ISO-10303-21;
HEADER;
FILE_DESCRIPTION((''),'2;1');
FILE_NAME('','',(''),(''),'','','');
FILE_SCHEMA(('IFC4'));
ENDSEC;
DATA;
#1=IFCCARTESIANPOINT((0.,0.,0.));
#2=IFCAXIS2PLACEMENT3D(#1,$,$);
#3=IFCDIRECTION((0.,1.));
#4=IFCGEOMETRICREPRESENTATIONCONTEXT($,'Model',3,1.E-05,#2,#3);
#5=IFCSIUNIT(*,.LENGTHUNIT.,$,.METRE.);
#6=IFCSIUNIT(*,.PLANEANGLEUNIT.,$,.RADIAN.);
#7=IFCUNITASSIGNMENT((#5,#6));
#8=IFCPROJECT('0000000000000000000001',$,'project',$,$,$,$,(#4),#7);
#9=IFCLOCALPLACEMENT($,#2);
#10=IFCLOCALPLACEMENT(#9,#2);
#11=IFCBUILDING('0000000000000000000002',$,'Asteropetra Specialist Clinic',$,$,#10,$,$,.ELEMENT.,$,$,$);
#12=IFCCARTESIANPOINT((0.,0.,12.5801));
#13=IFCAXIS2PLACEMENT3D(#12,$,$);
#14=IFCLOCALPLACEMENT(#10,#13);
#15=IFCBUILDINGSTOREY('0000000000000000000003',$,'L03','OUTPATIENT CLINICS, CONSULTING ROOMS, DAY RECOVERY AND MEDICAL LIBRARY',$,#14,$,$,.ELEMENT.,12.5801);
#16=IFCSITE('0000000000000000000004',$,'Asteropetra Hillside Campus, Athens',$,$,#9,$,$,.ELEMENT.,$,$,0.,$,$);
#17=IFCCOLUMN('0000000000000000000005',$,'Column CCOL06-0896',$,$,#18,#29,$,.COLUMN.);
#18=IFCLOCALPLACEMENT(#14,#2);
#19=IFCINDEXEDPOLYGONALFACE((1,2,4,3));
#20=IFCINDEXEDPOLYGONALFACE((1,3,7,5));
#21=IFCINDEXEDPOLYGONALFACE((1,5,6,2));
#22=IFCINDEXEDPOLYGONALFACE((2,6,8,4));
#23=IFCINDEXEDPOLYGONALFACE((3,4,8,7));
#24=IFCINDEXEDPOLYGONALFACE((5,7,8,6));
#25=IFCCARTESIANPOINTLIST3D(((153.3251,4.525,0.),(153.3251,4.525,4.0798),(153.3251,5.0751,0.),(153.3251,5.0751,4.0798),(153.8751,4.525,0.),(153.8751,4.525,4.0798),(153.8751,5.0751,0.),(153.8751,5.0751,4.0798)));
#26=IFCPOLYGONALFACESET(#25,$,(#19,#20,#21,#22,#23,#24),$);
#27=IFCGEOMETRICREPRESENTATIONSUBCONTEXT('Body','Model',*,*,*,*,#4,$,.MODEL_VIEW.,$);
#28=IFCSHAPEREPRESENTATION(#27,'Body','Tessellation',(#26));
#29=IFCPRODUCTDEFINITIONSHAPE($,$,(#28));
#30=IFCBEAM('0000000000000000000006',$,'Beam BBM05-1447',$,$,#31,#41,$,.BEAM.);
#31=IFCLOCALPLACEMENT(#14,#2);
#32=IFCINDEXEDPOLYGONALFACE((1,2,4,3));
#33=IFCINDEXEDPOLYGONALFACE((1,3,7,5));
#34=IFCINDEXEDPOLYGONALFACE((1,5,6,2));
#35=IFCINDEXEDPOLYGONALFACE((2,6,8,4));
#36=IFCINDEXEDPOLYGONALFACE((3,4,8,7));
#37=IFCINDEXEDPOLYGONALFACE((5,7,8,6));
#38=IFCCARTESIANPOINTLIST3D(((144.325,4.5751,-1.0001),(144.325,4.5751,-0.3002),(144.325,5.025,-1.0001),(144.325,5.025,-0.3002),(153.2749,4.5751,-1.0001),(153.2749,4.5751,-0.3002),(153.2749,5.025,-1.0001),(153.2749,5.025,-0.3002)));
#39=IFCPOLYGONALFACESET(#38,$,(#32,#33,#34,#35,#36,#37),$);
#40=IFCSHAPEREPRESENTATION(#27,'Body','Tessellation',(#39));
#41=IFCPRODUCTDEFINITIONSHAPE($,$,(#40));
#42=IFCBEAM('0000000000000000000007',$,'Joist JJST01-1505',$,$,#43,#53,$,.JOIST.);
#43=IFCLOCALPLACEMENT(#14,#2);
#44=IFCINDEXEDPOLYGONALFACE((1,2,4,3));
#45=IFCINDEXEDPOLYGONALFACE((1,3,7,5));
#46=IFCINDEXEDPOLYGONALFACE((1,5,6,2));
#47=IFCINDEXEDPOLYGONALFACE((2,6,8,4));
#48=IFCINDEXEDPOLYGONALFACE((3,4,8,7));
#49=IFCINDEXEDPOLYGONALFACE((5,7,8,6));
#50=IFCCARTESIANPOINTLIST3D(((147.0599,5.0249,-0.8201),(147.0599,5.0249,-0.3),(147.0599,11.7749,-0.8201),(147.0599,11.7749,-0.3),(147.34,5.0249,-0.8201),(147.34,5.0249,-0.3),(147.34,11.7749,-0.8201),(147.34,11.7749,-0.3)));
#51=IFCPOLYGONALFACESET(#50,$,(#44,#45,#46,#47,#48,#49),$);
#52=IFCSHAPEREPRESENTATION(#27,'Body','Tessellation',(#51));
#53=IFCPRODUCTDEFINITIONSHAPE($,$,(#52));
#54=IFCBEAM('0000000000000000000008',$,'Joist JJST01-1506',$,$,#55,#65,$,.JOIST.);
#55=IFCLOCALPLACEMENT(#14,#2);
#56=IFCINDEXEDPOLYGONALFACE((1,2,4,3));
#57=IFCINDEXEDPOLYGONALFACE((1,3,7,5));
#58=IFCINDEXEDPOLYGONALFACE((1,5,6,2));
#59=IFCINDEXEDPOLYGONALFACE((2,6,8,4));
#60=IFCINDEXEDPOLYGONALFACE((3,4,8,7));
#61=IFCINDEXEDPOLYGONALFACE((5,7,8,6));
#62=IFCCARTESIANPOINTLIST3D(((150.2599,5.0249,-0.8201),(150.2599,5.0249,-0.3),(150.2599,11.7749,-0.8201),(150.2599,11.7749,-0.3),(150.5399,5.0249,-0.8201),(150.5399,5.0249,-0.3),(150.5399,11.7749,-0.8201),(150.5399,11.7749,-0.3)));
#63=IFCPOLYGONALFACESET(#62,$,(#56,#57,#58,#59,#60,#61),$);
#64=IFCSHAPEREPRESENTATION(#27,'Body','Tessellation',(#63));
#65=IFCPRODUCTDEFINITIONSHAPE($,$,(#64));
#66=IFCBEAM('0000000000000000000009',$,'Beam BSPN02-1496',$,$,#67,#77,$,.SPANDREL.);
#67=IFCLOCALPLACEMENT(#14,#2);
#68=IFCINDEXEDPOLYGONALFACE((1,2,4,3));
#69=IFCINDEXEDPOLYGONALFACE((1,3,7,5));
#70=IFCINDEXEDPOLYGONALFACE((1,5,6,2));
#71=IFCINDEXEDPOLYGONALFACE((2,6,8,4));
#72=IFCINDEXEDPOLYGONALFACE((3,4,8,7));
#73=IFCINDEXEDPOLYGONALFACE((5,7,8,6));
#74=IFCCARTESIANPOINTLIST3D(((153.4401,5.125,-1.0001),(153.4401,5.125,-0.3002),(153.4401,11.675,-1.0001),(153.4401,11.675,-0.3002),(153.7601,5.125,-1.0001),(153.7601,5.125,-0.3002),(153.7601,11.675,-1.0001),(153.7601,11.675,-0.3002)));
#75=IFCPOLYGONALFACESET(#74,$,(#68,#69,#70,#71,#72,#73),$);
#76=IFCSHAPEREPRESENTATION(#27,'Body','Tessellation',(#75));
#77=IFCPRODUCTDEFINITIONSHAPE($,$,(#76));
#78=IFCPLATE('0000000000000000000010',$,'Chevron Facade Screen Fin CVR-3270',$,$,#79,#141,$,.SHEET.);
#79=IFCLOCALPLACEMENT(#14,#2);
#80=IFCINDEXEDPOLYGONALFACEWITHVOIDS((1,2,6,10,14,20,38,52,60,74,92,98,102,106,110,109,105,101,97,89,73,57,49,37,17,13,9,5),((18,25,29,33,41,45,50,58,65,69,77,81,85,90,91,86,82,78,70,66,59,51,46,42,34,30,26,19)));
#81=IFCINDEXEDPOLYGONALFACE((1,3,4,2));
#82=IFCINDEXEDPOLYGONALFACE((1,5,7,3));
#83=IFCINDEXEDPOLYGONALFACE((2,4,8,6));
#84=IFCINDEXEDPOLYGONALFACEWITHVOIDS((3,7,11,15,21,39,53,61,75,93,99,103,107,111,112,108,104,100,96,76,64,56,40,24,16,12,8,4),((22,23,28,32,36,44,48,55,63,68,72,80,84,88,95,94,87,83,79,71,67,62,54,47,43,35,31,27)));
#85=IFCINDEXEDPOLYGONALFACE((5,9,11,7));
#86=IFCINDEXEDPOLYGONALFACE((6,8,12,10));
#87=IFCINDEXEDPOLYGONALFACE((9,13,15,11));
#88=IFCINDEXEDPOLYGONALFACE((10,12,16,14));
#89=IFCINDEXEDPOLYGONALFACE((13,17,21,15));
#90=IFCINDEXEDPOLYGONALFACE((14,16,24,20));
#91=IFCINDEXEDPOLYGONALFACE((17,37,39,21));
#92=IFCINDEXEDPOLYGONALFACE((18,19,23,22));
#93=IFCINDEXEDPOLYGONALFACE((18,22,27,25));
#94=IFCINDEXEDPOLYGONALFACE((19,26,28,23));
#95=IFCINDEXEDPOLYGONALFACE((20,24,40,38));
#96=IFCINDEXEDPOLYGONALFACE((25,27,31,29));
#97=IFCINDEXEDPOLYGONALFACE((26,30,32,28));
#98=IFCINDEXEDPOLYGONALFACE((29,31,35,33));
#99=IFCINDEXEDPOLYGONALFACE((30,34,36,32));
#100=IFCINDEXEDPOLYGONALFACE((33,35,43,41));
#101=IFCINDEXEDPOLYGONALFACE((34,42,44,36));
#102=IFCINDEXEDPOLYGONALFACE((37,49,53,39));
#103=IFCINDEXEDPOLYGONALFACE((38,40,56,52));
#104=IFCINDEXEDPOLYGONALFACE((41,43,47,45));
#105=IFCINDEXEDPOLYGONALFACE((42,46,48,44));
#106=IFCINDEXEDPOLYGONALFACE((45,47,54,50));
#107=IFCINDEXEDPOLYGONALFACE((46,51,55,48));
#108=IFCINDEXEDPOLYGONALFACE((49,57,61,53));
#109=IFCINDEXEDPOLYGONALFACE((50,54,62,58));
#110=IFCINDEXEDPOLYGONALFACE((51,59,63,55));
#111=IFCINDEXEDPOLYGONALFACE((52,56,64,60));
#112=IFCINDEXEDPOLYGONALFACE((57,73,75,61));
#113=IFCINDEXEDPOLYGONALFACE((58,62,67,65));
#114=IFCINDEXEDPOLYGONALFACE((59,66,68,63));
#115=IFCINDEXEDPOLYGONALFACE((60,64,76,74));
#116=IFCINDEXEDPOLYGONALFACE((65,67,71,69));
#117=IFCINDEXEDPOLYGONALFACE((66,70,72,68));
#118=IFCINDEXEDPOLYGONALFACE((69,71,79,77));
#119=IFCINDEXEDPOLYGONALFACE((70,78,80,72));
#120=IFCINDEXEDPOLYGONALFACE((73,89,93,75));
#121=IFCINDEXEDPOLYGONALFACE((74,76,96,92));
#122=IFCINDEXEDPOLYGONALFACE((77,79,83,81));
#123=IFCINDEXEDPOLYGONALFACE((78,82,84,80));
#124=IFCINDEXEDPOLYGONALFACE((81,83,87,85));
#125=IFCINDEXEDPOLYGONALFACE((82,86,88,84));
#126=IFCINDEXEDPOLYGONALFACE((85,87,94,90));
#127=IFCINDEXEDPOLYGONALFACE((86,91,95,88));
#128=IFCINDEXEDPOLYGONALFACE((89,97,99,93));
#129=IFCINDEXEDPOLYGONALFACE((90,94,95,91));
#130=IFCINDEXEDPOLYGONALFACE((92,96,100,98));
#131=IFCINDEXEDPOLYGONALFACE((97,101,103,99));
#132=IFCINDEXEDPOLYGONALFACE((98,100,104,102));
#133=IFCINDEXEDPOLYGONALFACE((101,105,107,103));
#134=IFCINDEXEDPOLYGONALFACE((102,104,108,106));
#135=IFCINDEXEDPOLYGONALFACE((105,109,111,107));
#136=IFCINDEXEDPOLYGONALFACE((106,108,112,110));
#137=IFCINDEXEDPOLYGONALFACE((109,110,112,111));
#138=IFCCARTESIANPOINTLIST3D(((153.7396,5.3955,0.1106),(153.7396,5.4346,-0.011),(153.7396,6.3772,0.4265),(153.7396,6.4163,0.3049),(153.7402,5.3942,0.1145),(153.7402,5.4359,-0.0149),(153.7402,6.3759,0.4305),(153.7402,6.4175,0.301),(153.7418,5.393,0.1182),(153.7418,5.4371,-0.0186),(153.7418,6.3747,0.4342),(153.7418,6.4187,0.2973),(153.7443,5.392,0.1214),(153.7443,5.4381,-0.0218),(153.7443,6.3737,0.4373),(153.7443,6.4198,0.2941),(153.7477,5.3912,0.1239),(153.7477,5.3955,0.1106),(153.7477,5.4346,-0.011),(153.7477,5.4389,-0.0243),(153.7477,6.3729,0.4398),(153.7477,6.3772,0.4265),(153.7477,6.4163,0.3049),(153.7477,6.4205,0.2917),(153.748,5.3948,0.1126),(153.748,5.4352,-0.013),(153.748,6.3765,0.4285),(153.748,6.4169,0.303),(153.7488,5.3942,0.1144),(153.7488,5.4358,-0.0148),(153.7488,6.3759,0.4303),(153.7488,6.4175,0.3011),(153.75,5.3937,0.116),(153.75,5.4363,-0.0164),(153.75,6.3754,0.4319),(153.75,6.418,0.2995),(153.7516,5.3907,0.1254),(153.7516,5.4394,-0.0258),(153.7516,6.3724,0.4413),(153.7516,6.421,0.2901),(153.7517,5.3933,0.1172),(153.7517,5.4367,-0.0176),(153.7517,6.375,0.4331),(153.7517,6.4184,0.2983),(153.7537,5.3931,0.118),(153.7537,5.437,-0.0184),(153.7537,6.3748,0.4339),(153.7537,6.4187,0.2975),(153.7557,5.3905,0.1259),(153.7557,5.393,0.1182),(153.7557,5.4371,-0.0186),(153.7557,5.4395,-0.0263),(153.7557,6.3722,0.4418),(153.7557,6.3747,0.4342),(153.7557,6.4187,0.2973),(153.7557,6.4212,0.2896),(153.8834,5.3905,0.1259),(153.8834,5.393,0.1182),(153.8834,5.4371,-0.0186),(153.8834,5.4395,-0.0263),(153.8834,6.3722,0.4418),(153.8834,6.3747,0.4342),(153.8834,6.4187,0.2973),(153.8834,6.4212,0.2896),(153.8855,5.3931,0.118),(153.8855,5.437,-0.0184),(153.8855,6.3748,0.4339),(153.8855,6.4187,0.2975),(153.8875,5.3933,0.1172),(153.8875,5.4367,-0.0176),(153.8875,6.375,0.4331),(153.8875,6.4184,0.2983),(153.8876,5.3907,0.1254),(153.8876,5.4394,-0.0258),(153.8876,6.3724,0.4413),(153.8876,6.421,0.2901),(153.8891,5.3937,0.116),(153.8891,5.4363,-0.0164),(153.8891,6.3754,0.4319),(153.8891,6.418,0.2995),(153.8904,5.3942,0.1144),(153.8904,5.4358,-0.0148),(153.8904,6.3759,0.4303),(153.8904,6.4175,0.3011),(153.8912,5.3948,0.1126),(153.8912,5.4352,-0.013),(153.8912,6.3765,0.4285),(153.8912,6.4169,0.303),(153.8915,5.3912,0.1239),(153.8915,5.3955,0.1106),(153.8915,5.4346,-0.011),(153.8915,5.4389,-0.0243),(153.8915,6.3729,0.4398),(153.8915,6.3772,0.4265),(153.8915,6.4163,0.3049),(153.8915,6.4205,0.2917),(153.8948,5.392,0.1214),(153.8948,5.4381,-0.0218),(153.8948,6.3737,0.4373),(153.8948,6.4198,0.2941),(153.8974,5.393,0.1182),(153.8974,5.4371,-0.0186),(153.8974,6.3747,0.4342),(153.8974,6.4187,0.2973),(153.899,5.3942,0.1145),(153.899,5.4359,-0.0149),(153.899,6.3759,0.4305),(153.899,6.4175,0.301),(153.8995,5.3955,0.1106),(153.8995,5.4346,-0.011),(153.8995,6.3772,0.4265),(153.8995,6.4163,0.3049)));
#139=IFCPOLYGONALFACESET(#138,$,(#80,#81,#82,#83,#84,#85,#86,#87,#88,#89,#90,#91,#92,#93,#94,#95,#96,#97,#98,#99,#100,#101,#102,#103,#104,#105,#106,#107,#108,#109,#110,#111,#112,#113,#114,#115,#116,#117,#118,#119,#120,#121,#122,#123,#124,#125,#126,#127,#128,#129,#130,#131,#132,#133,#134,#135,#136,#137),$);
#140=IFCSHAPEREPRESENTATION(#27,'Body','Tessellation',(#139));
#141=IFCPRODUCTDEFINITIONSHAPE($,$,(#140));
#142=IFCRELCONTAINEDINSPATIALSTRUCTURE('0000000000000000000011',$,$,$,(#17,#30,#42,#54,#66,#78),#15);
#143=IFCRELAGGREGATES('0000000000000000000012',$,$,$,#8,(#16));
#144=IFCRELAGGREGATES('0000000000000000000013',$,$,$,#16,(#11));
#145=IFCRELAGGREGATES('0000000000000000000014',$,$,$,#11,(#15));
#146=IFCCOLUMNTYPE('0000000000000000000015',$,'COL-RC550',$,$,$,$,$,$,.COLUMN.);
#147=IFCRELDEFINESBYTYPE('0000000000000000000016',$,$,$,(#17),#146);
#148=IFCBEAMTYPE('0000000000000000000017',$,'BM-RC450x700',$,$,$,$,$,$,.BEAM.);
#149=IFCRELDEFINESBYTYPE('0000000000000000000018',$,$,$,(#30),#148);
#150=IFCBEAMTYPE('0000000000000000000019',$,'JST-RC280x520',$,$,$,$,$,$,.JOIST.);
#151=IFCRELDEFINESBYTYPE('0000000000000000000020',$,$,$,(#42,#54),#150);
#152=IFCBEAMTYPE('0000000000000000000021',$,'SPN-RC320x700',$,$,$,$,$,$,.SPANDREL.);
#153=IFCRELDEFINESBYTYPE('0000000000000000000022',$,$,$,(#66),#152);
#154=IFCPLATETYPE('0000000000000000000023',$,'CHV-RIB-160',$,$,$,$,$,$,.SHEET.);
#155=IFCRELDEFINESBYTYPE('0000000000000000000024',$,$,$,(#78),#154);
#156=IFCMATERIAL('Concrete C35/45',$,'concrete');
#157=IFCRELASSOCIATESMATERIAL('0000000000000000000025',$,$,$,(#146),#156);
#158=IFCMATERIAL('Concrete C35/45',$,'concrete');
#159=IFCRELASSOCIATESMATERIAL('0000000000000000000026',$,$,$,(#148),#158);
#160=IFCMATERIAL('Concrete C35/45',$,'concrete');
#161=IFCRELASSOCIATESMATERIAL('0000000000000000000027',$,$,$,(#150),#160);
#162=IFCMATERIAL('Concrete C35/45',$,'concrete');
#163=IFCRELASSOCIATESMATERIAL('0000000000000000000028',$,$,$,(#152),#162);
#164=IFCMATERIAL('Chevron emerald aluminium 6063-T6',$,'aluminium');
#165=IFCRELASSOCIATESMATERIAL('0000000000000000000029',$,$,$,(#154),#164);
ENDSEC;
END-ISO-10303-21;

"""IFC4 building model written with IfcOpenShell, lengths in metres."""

from ifc_helpers import new_model, si_unit, direction, frame, origin, origin_2d, place, context, subcontext, project, spatial, rectangle, hollow_rectangle, extrude, material, material_profile, profile_set, type_object, element, save


model = new_model("IFC4")

# Units and contexts
model_context = context("Model", 3, precision=1e-05, world=origin(), true_north=direction((0.0, 1.0)))
body_context = subcontext(model_context, "Body", "Model", "MODEL_VIEW")
ifc_project = project(units=[si_unit("LENGTHUNIT", "METRE"), si_unit("PLANEANGLEUNIT", "RADIAN")], contexts=[model_context])

# Site, building, storey
site_placement = place(None, origin())
site = spatial("IfcSite", under=ifc_project, at=site_placement, Name="Asteropetra Hillside Campus, Athens", CompositionType="ELEMENT", RefElevation=0.0)
building_placement = place(site_placement, origin())
building = spatial("IfcBuilding", under=site, at=building_placement, Name="Asteropetra Specialist Clinic", CompositionType="ELEMENT")
storey_placement = place(building_placement, frame((0.0, 0.0, 12.5801)))
storey = spatial("IfcBuildingStorey", under=building, at=storey_placement, Name="L03", Description="OUTPATIENT CLINICS, CONSULTING ROOMS, DAY RECOVERY AND MEDICAL LIBRARY", CompositionType="ELEMENT", Elevation=12.5801)

# Column
ifc_material_1 = material(Name="Concrete C35/45", Category="concrete")
ifc_material_profile_1 = material_profile(ifc_material_1, rectangle(XDim=0.55, YDim=0.55, at=origin_2d()), Name="RC 550x550")
ifc_profile_set_1 = profile_set([ifc_material_profile_1], Name="Concrete C35/45")
column_type = type_object("IfcColumnType", Name="COL-RC550", PredefinedType="COLUMN", material=ifc_profile_set_1)
column_placement = place(storey_placement, frame((153.6001, 4.8, 0.0), z_axis=(0.0, 0.0, 1.0), x_axis=(1.0, 0.0, 0.0)))
element("IfcColumn", 1, at=column_placement, inside=storey, type_object=column_type, Name="Column CCOL06-0896", PredefinedType="COLUMN", context=body_context, shape_type="SweptSolid", body=[
    extrude(rectangle(XDim=0.55, YDim=0.55, at=origin_2d()), origin(), (0.0, 0.0, 1.0), 4.0798),
])

# Beams
ifc_material_2 = material(Name="Concrete C35/45", Category="concrete")
ifc_material_profile_2 = material_profile(ifc_material_2, rectangle(XDim=0.45, YDim=0.7, at=origin_2d()), Name="RCB 450x700")
ifc_profile_set_2 = profile_set([ifc_material_profile_2], Name="Concrete C35/45")
beam_type_1 = type_object("IfcBeamType", Name="BM-RC450x700", PredefinedType="BEAM", material=ifc_profile_set_2)
beam_1_placement = place(storey_placement, frame((144.325, 4.8, -0.6501), z_axis=(1.0, 0.0, 0.0), x_axis=(0.0, 1.0, 0.0)))
element("IfcBeam", 2, at=beam_1_placement, inside=storey, type_object=beam_type_1, Name="Beam BBM05-1447", PredefinedType="BEAM", context=body_context, shape_type="SweptSolid", body=[
    extrude(rectangle(XDim=0.45, YDim=0.7, at=origin_2d()), origin(), (0.0, 0.0, 1.0), 8.95),
])
ifc_material_3 = material(Name="Concrete C35/45", Category="concrete")
ifc_material_profile_3 = material_profile(ifc_material_3, rectangle(XDim=0.28, YDim=0.52, at=origin_2d()), Name="RCJ 280x520")
ifc_profile_set_3 = profile_set([ifc_material_profile_3], Name="Concrete C35/45")
beam_type_2 = type_object("IfcBeamType", Name="JST-RC280x520", PredefinedType="JOIST", material=ifc_profile_set_3)
for number, where, z_axis, x_axis, name in (
    (3, (147.2, 5.0249, -0.5601), (0.0, 1.0, 0.0), (-1.0, 0.0, 0.0), "Joist JJST01-1505"),
    (4, (150.3999, 5.0249, -0.5601), (0.0, 1.0, 0.0), (-1.0, 0.0, 0.0), "Joist JJST01-1506"),
):
    element("IfcBeam", number, at=place(storey_placement, frame(where, z_axis=z_axis, x_axis=x_axis)), inside=storey, type_object=beam_type_2, Name=name, PredefinedType="JOIST", context=body_context, shape_type="SweptSolid", body=[
        extrude(rectangle(XDim=0.28, YDim=0.52, at=origin_2d()), origin(), (0.0, 0.0, 1.0), 6.75),
    ])
ifc_material_4 = material(Name="Concrete C35/45", Category="concrete")
ifc_material_profile_4 = material_profile(ifc_material_4, rectangle(XDim=0.3201, YDim=0.7, at=origin_2d()), Name="RCS 320x700")
ifc_profile_set_4 = profile_set([ifc_material_profile_4], Name="Concrete C35/45")
beam_type_3 = type_object("IfcBeamType", Name="SPN-RC320x700", PredefinedType="SPANDREL", material=ifc_profile_set_4)
beam_2_placement = place(storey_placement, frame((153.6001, 5.125, -0.6501), z_axis=(0.0, 1.0, 0.0), x_axis=(-1.0, 0.0, 0.0)))
element("IfcBeam", 5, at=beam_2_placement, inside=storey, type_object=beam_type_3, Name="Beam BSPN02-1496", PredefinedType="SPANDREL", context=body_context, shape_type="SweptSolid", body=[
    extrude(rectangle(XDim=0.3201, YDim=0.7, at=origin_2d()), origin(), (0.0, 0.0, 1.0), 6.55),
])

# Plate
ifc_material_5 = material(Name="Chevron emerald aluminium 6063-T6", Category="aluminium")
ifc_material_profile_5 = material_profile(ifc_material_5, hollow_rectangle(XDim=0.1599, YDim=0.1599, WallThickness=0.0081, InnerFilletRadius=0.0081, OuterFilletRadius=0.0161, at=origin_2d()), Name="SHS 160x160x8.0")
ifc_profile_set_5 = profile_set([ifc_material_profile_5], Name="Chevron emerald aluminium 6063-T6")
plate_type = type_object("IfcPlateType", Name="CHV-RIB-160", PredefinedType="SHEET", material=ifc_profile_set_5)
for number, where, z_axis, x_axis, name in (
    (6, (153.8196, 5.415, 0.0498), (0.0, 0.951923, 0.306339), (-1.0, 0.0, 0.0), "Chevron Facade Screen Fin CVR-3270"),
):
    element("IfcPlate", number, at=place(storey_placement, frame(where, z_axis=z_axis, x_axis=x_axis)), inside=storey, type_object=plate_type, Name=name, PredefinedType="SHEET", context=body_context, shape_type="SweptSolid", body=[
        extrude(hollow_rectangle(XDim=0.1599, YDim=0.1599, WallThickness=0.0081, InnerFilletRadius=0.0081, OuterFilletRadius=0.0161, at=origin_2d()), origin(), (0.0, 0.0, 1.0), 1.0312),
    ])

save(model, "model.ifc")
